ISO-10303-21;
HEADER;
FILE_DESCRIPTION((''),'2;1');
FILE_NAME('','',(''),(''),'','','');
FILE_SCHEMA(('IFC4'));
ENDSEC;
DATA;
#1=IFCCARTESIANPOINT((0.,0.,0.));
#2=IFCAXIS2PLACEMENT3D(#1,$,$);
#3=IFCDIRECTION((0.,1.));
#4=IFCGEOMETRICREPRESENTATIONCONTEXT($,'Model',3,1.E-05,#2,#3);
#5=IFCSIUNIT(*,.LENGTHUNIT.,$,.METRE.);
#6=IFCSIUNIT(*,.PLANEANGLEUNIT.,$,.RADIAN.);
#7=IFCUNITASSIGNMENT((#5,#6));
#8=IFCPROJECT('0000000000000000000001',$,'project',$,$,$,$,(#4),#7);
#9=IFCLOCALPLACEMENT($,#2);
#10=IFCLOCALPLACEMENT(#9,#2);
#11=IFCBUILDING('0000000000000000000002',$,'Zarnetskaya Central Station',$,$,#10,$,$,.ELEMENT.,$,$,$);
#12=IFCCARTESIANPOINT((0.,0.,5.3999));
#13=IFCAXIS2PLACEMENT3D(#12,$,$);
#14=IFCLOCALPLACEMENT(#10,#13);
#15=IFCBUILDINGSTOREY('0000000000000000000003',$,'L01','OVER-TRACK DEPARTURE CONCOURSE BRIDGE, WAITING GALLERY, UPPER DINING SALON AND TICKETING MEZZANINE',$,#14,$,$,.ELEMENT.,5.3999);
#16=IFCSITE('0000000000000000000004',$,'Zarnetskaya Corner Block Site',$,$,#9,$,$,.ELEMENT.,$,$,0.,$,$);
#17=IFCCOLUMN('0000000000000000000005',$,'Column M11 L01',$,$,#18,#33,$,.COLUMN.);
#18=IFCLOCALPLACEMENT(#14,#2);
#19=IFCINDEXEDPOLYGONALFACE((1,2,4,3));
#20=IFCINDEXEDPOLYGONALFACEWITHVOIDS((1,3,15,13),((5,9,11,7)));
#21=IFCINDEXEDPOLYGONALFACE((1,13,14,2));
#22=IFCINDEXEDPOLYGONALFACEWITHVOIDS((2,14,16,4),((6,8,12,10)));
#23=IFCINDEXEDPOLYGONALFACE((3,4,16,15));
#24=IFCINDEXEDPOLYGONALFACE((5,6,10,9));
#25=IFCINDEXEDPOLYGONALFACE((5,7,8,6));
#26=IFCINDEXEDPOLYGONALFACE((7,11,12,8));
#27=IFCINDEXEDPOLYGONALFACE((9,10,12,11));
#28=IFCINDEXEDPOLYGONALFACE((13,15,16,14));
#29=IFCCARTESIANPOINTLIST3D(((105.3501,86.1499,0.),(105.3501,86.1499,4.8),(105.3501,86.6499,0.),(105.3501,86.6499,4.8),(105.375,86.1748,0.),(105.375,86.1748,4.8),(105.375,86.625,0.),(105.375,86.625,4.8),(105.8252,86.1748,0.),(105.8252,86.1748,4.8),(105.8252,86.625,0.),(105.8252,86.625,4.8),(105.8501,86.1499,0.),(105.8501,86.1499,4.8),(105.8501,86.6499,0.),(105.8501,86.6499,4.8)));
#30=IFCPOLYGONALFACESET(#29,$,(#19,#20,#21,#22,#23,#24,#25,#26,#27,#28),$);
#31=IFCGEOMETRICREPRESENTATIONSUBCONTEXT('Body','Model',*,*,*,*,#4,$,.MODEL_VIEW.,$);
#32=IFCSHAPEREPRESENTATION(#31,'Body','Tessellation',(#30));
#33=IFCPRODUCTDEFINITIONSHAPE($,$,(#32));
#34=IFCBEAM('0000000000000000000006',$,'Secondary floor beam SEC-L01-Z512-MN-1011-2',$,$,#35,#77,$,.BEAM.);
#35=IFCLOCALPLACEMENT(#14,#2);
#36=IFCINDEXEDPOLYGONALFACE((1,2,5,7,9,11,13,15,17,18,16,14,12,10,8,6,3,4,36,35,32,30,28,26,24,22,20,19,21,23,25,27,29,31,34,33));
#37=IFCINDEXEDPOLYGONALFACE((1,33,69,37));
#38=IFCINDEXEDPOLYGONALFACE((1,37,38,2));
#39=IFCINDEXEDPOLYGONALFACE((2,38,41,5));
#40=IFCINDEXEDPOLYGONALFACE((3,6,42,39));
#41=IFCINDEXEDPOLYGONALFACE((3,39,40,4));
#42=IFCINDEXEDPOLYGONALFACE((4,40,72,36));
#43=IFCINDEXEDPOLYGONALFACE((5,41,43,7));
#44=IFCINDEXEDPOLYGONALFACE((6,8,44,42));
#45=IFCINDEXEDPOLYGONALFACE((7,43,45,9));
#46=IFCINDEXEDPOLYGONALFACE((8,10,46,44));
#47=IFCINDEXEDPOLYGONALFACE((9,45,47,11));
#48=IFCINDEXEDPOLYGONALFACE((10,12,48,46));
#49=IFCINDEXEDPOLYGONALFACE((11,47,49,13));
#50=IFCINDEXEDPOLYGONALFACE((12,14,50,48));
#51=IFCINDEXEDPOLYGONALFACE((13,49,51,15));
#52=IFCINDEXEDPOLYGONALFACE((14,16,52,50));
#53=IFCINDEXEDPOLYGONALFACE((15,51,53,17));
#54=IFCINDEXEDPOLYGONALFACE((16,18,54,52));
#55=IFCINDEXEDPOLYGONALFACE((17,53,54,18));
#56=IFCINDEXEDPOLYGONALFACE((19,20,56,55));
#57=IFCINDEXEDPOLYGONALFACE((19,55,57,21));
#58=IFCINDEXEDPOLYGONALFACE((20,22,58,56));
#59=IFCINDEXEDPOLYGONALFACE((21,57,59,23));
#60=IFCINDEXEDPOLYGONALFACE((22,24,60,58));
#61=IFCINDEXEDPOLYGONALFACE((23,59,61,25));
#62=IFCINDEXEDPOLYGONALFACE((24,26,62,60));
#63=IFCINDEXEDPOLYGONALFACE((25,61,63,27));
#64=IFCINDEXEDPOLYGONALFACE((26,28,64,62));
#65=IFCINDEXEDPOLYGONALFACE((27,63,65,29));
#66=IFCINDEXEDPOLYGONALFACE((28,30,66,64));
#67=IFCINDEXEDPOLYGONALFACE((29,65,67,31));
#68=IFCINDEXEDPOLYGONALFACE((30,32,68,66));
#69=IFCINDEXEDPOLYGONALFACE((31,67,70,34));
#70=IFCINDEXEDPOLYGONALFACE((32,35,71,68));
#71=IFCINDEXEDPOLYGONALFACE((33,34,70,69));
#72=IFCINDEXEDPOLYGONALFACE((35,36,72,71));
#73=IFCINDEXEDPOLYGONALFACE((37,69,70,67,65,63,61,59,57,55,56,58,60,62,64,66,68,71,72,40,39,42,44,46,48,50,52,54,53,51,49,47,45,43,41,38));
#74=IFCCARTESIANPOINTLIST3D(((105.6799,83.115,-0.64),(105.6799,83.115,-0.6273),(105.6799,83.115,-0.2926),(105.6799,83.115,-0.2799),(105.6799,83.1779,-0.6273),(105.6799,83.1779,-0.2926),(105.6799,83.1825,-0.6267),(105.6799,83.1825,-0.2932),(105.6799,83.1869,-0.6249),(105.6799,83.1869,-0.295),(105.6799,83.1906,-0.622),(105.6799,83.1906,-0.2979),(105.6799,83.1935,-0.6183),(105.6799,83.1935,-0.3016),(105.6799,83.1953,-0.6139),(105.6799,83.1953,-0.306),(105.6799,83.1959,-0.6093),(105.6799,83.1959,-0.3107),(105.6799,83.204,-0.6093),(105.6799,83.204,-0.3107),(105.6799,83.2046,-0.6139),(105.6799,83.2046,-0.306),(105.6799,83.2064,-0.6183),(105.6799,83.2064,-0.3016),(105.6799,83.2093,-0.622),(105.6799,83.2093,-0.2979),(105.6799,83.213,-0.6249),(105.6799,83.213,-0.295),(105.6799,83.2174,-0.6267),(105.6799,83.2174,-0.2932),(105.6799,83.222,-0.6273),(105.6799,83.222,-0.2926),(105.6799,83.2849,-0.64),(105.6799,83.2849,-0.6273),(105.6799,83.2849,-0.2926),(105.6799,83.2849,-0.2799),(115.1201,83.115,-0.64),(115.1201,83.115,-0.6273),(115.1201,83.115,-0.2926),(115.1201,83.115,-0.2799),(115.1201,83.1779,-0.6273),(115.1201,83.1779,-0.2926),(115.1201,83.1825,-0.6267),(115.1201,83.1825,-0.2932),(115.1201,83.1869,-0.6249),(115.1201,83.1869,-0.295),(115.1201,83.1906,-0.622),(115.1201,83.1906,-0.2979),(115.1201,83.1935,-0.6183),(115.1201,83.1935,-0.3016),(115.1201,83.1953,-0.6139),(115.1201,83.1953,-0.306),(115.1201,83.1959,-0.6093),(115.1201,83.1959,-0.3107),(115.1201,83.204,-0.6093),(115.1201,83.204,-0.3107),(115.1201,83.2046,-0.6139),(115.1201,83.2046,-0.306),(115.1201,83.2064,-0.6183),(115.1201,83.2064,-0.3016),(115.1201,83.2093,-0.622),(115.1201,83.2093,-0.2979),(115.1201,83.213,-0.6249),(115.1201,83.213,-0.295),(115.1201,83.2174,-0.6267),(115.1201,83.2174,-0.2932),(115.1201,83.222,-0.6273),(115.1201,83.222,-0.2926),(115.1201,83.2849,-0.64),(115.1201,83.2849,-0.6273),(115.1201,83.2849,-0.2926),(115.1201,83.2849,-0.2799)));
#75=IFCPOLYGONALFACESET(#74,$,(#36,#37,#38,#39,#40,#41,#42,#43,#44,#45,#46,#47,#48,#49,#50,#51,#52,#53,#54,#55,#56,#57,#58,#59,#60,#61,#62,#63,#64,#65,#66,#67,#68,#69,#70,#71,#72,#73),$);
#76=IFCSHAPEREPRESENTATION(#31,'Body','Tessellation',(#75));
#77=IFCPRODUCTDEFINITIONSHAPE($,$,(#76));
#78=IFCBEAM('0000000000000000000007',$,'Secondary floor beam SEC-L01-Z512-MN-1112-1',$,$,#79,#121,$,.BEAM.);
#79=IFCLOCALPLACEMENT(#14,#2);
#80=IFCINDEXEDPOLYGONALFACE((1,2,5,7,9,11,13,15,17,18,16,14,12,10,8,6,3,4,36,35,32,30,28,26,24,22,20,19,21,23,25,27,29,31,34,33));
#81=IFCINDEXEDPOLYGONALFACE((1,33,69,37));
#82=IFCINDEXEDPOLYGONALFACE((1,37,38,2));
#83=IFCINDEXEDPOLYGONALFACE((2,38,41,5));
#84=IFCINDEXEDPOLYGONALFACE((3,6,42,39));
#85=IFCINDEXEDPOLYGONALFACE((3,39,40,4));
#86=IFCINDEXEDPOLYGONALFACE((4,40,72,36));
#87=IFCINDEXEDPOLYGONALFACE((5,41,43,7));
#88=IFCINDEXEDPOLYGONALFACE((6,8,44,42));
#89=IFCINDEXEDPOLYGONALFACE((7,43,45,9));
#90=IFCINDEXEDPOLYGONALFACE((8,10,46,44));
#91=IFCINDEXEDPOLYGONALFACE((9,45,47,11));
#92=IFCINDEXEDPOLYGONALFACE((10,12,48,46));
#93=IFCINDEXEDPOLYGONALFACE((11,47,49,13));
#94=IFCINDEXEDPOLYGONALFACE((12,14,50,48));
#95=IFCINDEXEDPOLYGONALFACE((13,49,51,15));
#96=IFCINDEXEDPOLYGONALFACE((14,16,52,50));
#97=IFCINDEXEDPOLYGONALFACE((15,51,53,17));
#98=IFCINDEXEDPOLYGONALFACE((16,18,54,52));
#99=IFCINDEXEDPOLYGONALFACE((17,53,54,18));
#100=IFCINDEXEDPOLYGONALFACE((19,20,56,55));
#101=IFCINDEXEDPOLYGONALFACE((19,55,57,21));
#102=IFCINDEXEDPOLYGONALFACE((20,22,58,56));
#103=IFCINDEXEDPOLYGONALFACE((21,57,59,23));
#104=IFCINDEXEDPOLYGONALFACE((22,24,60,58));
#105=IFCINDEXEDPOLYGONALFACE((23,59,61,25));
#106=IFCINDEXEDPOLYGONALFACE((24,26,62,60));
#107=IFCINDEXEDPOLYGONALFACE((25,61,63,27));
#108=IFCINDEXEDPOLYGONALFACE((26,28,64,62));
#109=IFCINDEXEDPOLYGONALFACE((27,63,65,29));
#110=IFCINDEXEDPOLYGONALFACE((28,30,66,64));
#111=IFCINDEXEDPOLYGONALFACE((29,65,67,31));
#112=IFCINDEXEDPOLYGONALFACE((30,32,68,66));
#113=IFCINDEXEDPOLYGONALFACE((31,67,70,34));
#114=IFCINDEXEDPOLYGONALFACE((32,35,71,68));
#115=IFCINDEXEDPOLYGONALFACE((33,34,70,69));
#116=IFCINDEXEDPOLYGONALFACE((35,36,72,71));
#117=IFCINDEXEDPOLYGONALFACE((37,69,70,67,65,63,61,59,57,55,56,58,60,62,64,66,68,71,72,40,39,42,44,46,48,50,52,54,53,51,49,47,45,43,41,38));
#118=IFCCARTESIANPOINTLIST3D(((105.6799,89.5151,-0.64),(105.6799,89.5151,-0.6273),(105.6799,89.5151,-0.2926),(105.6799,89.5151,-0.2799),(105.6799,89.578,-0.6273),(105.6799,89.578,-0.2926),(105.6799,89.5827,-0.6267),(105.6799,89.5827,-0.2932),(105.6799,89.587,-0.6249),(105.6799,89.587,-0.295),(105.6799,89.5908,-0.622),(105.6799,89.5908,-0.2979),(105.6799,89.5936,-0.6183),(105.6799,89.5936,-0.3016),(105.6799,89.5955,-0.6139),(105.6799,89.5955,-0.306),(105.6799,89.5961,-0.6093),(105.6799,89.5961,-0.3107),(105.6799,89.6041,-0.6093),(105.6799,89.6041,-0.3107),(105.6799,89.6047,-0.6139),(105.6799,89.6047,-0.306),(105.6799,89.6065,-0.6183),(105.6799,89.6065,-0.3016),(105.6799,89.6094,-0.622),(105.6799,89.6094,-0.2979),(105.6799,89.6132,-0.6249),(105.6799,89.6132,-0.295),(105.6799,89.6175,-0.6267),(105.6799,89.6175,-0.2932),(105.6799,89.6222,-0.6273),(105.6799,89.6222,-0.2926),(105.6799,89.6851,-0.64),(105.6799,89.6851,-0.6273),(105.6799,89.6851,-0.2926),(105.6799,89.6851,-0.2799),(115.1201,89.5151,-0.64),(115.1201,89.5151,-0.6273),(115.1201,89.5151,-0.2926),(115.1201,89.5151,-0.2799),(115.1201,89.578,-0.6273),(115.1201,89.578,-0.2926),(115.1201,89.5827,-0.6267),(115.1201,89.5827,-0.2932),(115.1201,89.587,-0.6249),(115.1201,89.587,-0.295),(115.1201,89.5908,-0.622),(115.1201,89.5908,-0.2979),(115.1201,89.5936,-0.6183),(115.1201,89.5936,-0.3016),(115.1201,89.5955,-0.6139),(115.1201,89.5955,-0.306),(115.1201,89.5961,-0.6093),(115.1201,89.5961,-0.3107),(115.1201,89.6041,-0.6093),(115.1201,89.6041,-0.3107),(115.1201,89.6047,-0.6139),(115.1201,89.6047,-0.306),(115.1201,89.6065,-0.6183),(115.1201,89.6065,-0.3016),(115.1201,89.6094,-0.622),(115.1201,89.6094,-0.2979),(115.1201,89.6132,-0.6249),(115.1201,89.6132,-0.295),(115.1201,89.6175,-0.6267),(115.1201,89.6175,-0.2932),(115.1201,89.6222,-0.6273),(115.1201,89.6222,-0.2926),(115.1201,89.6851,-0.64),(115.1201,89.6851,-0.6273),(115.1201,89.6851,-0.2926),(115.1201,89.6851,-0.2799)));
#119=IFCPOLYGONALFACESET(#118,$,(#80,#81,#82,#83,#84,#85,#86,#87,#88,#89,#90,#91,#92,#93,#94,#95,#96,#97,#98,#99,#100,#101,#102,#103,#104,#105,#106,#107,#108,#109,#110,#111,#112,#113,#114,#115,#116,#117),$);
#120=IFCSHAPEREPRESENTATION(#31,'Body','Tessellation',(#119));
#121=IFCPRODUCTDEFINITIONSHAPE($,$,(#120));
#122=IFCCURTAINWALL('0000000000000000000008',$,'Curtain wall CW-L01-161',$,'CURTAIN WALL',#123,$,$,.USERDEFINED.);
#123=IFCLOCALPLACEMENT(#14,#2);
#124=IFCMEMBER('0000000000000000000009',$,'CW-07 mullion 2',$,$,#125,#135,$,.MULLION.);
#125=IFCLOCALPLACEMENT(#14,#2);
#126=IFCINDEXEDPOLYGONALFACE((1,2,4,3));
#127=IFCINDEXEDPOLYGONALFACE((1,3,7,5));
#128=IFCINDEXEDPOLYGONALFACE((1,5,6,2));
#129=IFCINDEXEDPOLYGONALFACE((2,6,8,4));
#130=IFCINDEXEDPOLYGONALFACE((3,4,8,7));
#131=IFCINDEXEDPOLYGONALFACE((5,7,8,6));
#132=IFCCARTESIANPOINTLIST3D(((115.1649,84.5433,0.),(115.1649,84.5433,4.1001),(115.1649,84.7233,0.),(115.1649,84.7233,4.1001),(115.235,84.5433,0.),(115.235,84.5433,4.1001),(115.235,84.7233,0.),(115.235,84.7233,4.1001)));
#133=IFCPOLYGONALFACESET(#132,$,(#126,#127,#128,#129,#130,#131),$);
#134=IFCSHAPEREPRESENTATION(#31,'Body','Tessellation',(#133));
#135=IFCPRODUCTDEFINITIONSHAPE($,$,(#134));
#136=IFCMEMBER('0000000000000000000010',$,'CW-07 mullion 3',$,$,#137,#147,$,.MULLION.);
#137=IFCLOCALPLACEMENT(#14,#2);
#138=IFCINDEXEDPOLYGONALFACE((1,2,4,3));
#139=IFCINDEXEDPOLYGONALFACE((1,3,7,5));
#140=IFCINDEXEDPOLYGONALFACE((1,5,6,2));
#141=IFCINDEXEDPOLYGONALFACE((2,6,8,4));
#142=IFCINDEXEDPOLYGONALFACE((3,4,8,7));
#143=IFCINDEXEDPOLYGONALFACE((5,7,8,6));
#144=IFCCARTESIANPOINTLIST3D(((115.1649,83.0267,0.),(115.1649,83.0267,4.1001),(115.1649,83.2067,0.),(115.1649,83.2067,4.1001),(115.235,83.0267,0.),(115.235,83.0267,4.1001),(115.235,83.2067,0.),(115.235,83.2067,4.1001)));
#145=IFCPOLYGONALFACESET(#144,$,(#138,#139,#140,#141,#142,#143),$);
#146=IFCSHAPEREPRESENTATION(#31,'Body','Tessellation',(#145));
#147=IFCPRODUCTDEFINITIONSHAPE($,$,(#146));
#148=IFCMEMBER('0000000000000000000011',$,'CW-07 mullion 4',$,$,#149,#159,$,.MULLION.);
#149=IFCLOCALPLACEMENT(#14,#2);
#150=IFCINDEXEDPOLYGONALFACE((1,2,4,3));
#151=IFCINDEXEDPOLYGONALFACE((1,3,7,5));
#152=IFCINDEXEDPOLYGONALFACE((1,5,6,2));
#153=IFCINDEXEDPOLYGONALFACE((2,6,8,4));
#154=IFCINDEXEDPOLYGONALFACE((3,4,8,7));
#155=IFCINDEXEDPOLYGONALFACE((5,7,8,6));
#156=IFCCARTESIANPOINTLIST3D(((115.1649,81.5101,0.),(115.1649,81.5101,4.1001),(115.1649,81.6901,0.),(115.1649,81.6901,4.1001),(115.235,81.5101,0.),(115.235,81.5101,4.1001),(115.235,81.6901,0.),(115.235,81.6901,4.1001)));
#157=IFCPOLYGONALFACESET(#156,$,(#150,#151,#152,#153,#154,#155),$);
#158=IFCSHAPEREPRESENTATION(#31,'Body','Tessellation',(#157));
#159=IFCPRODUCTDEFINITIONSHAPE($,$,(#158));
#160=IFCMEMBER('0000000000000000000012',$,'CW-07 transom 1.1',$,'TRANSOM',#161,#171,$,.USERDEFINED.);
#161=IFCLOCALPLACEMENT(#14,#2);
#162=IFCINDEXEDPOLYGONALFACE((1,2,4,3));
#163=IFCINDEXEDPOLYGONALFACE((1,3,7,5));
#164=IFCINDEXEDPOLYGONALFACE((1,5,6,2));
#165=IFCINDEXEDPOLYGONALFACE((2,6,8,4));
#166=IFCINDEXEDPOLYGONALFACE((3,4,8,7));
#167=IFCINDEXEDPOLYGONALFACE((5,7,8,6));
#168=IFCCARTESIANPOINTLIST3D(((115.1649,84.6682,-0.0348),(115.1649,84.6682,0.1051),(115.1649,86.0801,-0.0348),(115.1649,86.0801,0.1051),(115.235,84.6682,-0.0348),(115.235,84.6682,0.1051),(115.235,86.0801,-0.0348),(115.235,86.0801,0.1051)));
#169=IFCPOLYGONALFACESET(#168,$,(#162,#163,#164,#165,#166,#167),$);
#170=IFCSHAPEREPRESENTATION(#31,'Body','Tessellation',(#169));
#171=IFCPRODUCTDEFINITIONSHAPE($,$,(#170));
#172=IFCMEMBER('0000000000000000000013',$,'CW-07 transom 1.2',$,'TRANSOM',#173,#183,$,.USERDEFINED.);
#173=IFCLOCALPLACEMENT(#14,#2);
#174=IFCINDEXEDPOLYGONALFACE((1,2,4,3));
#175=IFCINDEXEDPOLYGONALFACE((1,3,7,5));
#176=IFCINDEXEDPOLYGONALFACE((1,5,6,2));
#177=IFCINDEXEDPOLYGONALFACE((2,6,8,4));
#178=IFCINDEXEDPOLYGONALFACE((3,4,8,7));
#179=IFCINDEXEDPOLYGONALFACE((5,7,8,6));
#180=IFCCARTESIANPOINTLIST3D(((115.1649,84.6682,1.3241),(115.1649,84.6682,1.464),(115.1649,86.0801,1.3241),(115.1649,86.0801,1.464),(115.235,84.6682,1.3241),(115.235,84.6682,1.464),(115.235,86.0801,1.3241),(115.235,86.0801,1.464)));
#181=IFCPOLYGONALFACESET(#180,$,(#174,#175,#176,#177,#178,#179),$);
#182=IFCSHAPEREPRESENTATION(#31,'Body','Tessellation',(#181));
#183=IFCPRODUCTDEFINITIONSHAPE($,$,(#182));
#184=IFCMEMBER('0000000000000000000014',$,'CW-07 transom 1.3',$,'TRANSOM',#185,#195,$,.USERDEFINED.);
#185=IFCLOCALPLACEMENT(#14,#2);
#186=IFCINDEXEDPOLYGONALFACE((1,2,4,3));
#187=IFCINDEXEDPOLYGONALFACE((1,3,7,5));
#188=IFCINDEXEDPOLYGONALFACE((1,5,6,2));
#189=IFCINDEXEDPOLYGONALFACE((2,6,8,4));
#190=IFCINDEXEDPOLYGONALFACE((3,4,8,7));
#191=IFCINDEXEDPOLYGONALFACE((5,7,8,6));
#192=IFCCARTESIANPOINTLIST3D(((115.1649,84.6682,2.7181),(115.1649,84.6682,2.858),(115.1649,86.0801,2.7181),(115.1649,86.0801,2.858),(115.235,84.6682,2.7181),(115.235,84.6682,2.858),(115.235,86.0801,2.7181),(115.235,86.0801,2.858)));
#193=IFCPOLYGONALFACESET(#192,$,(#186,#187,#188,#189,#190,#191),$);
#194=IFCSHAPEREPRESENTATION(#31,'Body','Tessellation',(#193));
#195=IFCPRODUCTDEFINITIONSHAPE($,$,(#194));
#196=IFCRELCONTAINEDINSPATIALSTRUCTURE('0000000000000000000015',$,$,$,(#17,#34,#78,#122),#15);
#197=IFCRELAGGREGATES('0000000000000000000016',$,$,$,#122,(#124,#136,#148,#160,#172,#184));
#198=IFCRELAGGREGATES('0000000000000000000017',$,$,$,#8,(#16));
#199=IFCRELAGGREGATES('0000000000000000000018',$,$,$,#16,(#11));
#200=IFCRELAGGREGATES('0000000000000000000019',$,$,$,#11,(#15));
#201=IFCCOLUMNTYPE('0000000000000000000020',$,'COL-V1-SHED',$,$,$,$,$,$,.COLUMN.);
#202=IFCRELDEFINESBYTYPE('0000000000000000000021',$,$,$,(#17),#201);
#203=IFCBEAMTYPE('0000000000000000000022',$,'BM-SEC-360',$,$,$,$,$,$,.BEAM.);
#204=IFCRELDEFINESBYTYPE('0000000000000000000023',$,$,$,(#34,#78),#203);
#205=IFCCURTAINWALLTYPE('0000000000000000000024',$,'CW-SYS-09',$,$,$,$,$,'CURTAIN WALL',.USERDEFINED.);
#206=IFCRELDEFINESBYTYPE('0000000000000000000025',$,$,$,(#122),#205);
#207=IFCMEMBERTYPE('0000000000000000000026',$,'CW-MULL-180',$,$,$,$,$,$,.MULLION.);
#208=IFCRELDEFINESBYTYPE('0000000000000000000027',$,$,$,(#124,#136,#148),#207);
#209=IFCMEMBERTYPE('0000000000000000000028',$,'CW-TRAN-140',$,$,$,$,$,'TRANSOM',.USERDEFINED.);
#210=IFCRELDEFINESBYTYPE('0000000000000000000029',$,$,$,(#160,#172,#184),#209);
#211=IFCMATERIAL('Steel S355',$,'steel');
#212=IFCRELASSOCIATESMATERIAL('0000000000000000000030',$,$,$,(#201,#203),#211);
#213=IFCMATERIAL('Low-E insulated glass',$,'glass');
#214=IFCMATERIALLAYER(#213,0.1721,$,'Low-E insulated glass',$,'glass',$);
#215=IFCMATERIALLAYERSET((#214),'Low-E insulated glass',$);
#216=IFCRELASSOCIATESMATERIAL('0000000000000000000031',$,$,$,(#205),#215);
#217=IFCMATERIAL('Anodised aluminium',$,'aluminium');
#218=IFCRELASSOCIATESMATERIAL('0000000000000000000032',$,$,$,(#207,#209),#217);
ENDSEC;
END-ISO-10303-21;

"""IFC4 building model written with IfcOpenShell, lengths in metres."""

from ifc_helpers import new_model, si_unit, direction, frame, origin, origin_2d, place, context, subcontext, project, spatial, rectangle, hollow_rectangle, i_section, extrude, material, layer, layer_set, material_profile, profile_set, type_object, element, aggregate, save


model = new_model("IFC4")

# Units and contexts
model_context = context("Model", 3, precision=1e-05, world=origin(), true_north=direction((0.0, 1.0)))
body_context = subcontext(model_context, "Body", "Model", "MODEL_VIEW")
ifc_project = project(units=[si_unit("LENGTHUNIT", "METRE"), si_unit("PLANEANGLEUNIT", "RADIAN")], contexts=[model_context])

# Site, building, storey
site_placement = place(None, origin())
site = spatial("IfcSite", under=ifc_project, at=site_placement, Name="Zarnetskaya Corner Block Site", CompositionType="ELEMENT", RefElevation=0.0)
building_placement = place(site_placement, origin())
building = spatial("IfcBuilding", under=site, at=building_placement, Name="Zarnetskaya Central Station", CompositionType="ELEMENT")
storey_placement = place(building_placement, frame((0.0, 0.0, 5.3999)))
storey = spatial("IfcBuildingStorey", under=building, at=storey_placement, Name="L01", Description="OVER-TRACK DEPARTURE CONCOURSE BRIDGE, WAITING GALLERY, UPPER DINING SALON AND TICKETING MEZZANINE", CompositionType="ELEMENT", Elevation=5.3999)

# Column
ifc_material_1 = material(Name="Steel S355", Category="steel")
ifc_material_profile_1 = material_profile(ifc_material_1, hollow_rectangle(XDim=0.5, YDim=0.5, WallThickness=0.0249, at=origin_2d()), Name="BOX 500x500x25")
ifc_profile_set_1 = profile_set([ifc_material_profile_1], Name="Steel S355")
column_type = type_object("IfcColumnType", Name="COL-V1-SHED", PredefinedType="COLUMN", material=ifc_profile_set_1)
column_placement = place(storey_placement, frame((105.6001, 86.3999, 0.0), z_axis=(0.0, 0.0, 1.0), x_axis=(1.0, 0.0, 0.0)))
element("IfcColumn", 1, at=column_placement, inside=storey, type_object=column_type, Name="Column M11 L01", PredefinedType="COLUMN", context=body_context, shape_type="SweptSolid", body=[
    extrude(hollow_rectangle(XDim=0.5, YDim=0.5, WallThickness=0.0249, at=origin_2d()), origin(), (0.0, 0.0, 1.0), 4.8),
])

# Beams
ifc_material_profile_2 = material_profile(ifc_material_1, i_section(OverallWidth=0.1699, OverallDepth=0.3601, WebThickness=0.0081, FlangeThickness=0.0127, FilletRadius=0.0181, at=origin_2d()), Name="IPE 360")
ifc_profile_set_2 = profile_set([ifc_material_profile_2], Name="Steel S355")
beam_type_1 = type_object("IfcBeamType", Name="BM-SEC-360", PredefinedType="BEAM", material=ifc_profile_set_2)
for number, where, z_axis, x_axis, name in (
    (2, (105.6799, 83.2, -0.46), (1.0, 0.0, 0.0), (0.0, 1.0, 0.0), "Secondary floor beam SEC-L01-Z512-MN-1011-2"),
    (3, (105.6799, 89.6001, -0.46), (1.0, 0.0, 0.0), (0.0, 1.0, 0.0), "Secondary floor beam SEC-L01-Z512-MN-1112-1"),
):
    element("IfcBeam", number, at=place(storey_placement, frame(where, z_axis=z_axis, x_axis=x_axis)), inside=storey, type_object=beam_type_1, Name=name, PredefinedType="BEAM", context=body_context, shape_type="SweptSolid", body=[
        extrude(i_section(OverallWidth=0.1699, OverallDepth=0.3601, WebThickness=0.0081, FlangeThickness=0.0127, FilletRadius=0.0181, at=origin_2d()), origin(), (0.0, 0.0, 1.0), 9.4402),
    ])

# Curtain wall, members
ifc_material_2 = material(Name="Low-E insulated glass", Category="glass")
ifc_layer_1 = layer(ifc_material_2, 0.1721, Name="Low-E insulated glass", Category="glass")
ifc_layer_set_1 = layer_set([ifc_layer_1], Name="Low-E insulated glass")
curtain_wall_type = type_object("IfcCurtainWallType", Name="CW-SYS-09", ElementType="CURTAIN WALL", PredefinedType="USERDEFINED", material=ifc_layer_set_1)
curtain_wall_placement = place(storey_placement, origin())
curtain_wall = element("IfcCurtainWall", 4, at=curtain_wall_placement, inside=storey, type_object=curtain_wall_type, Name="Curtain wall CW-L01-161", ObjectType="CURTAIN WALL", PredefinedType="USERDEFINED")
ifc_material_3 = material(Name="Anodised aluminium", Category="aluminium")
ifc_material_profile_3 = material_profile(ifc_material_3, rectangle(XDim=0.0701, YDim=0.1799, at=origin_2d()), Name="ALU MULL 70x180")
ifc_profile_set_3 = profile_set([ifc_material_profile_3], Name="Anodised aluminium")
member_type_1 = type_object("IfcMemberType", Name="CW-MULL-180", PredefinedType="MULLION", material=ifc_profile_set_3)
member_1_placement = place(storey_placement, frame((115.2, 84.6333, 0.0), z_axis=(0.0, 0.0, 1.0), x_axis=(1.0, 0.0, 0.0)))
member_1 = element("IfcMember", 5, at=member_1_placement, type_object=member_type_1, Name="CW-07 mullion 2", PredefinedType="MULLION", context=body_context, shape_type="SweptSolid", body=[
    extrude(rectangle(XDim=0.0701, YDim=0.1799, at=origin_2d()), origin(), (0.0, 0.0, 1.0), 4.1001),
])
member_2_placement = place(storey_placement, frame((115.2, 83.1167, 0.0), z_axis=(0.0, 0.0, 1.0), x_axis=(1.0, 0.0, 0.0)))
member_2 = element("IfcMember", 6, at=member_2_placement, type_object=member_type_1, Name="CW-07 mullion 3", PredefinedType="MULLION", context=body_context, shape_type="SweptSolid", body=[
    extrude(rectangle(XDim=0.0701, YDim=0.1799, at=origin_2d()), origin(), (0.0, 0.0, 1.0), 4.1001),
])
member_3_placement = place(storey_placement, frame((115.2, 81.6001, 0.0), z_axis=(0.0, 0.0, 1.0), x_axis=(1.0, 0.0, 0.0)))
member_3 = element("IfcMember", 7, at=member_3_placement, type_object=member_type_1, Name="CW-07 mullion 4", PredefinedType="MULLION", context=body_context, shape_type="SweptSolid", body=[
    extrude(rectangle(XDim=0.0701, YDim=0.1799, at=origin_2d()), origin(), (0.0, 0.0, 1.0), 4.1001),
])
ifc_material_profile_4 = material_profile(ifc_material_3, rectangle(XDim=0.0701, YDim=0.1399, at=origin_2d()), Name="ALU TRAN 70x140")
ifc_profile_set_4 = profile_set([ifc_material_profile_4], Name="Anodised aluminium")
member_type_2 = type_object("IfcMemberType", Name="CW-TRAN-140", ElementType="TRANSOM", PredefinedType="USERDEFINED", material=ifc_profile_set_4)
member_4_placement = place(storey_placement, frame((115.2, 86.0801, 0.0352), z_axis=(0.0, -1.0, 0.0), x_axis=(1.0, 0.0, 0.0)))
member_4 = element("IfcMember", 8, at=member_4_placement, type_object=member_type_2, Name="CW-07 transom 1.1", ObjectType="TRANSOM", PredefinedType="USERDEFINED", context=body_context, shape_type="SweptSolid", body=[
    extrude(rectangle(XDim=0.0701, YDim=0.1399, at=origin_2d()), origin(), (0.0, 0.0, 1.0), 1.4119),
])
member_5_placement = place(storey_placement, frame((115.2, 86.0801, 1.394), z_axis=(0.0, -1.0, 0.0), x_axis=(1.0, 0.0, 0.0)))
member_5 = element("IfcMember", 9, at=member_5_placement, type_object=member_type_2, Name="CW-07 transom 1.2", ObjectType="TRANSOM", PredefinedType="USERDEFINED", context=body_context, shape_type="SweptSolid", body=[
    extrude(rectangle(XDim=0.0701, YDim=0.1399, at=origin_2d()), origin(), (0.0, 0.0, 1.0), 1.4119),
])
member_6_placement = place(storey_placement, frame((115.2, 86.0801, 2.7881), z_axis=(0.0, -1.0, 0.0), x_axis=(1.0, 0.0, 0.0)))
member_6 = element("IfcMember", 10, at=member_6_placement, type_object=member_type_2, Name="CW-07 transom 1.3", ObjectType="TRANSOM", PredefinedType="USERDEFINED", context=body_context, shape_type="SweptSolid", body=[
    extrude(rectangle(XDim=0.0701, YDim=0.1399, at=origin_2d()), origin(), (0.0, 0.0, 1.0), 1.4119),
])

aggregate(curtain_wall, [member_1, member_2, member_3, member_4, member_5, member_6])

save(model, "model.ifc")
